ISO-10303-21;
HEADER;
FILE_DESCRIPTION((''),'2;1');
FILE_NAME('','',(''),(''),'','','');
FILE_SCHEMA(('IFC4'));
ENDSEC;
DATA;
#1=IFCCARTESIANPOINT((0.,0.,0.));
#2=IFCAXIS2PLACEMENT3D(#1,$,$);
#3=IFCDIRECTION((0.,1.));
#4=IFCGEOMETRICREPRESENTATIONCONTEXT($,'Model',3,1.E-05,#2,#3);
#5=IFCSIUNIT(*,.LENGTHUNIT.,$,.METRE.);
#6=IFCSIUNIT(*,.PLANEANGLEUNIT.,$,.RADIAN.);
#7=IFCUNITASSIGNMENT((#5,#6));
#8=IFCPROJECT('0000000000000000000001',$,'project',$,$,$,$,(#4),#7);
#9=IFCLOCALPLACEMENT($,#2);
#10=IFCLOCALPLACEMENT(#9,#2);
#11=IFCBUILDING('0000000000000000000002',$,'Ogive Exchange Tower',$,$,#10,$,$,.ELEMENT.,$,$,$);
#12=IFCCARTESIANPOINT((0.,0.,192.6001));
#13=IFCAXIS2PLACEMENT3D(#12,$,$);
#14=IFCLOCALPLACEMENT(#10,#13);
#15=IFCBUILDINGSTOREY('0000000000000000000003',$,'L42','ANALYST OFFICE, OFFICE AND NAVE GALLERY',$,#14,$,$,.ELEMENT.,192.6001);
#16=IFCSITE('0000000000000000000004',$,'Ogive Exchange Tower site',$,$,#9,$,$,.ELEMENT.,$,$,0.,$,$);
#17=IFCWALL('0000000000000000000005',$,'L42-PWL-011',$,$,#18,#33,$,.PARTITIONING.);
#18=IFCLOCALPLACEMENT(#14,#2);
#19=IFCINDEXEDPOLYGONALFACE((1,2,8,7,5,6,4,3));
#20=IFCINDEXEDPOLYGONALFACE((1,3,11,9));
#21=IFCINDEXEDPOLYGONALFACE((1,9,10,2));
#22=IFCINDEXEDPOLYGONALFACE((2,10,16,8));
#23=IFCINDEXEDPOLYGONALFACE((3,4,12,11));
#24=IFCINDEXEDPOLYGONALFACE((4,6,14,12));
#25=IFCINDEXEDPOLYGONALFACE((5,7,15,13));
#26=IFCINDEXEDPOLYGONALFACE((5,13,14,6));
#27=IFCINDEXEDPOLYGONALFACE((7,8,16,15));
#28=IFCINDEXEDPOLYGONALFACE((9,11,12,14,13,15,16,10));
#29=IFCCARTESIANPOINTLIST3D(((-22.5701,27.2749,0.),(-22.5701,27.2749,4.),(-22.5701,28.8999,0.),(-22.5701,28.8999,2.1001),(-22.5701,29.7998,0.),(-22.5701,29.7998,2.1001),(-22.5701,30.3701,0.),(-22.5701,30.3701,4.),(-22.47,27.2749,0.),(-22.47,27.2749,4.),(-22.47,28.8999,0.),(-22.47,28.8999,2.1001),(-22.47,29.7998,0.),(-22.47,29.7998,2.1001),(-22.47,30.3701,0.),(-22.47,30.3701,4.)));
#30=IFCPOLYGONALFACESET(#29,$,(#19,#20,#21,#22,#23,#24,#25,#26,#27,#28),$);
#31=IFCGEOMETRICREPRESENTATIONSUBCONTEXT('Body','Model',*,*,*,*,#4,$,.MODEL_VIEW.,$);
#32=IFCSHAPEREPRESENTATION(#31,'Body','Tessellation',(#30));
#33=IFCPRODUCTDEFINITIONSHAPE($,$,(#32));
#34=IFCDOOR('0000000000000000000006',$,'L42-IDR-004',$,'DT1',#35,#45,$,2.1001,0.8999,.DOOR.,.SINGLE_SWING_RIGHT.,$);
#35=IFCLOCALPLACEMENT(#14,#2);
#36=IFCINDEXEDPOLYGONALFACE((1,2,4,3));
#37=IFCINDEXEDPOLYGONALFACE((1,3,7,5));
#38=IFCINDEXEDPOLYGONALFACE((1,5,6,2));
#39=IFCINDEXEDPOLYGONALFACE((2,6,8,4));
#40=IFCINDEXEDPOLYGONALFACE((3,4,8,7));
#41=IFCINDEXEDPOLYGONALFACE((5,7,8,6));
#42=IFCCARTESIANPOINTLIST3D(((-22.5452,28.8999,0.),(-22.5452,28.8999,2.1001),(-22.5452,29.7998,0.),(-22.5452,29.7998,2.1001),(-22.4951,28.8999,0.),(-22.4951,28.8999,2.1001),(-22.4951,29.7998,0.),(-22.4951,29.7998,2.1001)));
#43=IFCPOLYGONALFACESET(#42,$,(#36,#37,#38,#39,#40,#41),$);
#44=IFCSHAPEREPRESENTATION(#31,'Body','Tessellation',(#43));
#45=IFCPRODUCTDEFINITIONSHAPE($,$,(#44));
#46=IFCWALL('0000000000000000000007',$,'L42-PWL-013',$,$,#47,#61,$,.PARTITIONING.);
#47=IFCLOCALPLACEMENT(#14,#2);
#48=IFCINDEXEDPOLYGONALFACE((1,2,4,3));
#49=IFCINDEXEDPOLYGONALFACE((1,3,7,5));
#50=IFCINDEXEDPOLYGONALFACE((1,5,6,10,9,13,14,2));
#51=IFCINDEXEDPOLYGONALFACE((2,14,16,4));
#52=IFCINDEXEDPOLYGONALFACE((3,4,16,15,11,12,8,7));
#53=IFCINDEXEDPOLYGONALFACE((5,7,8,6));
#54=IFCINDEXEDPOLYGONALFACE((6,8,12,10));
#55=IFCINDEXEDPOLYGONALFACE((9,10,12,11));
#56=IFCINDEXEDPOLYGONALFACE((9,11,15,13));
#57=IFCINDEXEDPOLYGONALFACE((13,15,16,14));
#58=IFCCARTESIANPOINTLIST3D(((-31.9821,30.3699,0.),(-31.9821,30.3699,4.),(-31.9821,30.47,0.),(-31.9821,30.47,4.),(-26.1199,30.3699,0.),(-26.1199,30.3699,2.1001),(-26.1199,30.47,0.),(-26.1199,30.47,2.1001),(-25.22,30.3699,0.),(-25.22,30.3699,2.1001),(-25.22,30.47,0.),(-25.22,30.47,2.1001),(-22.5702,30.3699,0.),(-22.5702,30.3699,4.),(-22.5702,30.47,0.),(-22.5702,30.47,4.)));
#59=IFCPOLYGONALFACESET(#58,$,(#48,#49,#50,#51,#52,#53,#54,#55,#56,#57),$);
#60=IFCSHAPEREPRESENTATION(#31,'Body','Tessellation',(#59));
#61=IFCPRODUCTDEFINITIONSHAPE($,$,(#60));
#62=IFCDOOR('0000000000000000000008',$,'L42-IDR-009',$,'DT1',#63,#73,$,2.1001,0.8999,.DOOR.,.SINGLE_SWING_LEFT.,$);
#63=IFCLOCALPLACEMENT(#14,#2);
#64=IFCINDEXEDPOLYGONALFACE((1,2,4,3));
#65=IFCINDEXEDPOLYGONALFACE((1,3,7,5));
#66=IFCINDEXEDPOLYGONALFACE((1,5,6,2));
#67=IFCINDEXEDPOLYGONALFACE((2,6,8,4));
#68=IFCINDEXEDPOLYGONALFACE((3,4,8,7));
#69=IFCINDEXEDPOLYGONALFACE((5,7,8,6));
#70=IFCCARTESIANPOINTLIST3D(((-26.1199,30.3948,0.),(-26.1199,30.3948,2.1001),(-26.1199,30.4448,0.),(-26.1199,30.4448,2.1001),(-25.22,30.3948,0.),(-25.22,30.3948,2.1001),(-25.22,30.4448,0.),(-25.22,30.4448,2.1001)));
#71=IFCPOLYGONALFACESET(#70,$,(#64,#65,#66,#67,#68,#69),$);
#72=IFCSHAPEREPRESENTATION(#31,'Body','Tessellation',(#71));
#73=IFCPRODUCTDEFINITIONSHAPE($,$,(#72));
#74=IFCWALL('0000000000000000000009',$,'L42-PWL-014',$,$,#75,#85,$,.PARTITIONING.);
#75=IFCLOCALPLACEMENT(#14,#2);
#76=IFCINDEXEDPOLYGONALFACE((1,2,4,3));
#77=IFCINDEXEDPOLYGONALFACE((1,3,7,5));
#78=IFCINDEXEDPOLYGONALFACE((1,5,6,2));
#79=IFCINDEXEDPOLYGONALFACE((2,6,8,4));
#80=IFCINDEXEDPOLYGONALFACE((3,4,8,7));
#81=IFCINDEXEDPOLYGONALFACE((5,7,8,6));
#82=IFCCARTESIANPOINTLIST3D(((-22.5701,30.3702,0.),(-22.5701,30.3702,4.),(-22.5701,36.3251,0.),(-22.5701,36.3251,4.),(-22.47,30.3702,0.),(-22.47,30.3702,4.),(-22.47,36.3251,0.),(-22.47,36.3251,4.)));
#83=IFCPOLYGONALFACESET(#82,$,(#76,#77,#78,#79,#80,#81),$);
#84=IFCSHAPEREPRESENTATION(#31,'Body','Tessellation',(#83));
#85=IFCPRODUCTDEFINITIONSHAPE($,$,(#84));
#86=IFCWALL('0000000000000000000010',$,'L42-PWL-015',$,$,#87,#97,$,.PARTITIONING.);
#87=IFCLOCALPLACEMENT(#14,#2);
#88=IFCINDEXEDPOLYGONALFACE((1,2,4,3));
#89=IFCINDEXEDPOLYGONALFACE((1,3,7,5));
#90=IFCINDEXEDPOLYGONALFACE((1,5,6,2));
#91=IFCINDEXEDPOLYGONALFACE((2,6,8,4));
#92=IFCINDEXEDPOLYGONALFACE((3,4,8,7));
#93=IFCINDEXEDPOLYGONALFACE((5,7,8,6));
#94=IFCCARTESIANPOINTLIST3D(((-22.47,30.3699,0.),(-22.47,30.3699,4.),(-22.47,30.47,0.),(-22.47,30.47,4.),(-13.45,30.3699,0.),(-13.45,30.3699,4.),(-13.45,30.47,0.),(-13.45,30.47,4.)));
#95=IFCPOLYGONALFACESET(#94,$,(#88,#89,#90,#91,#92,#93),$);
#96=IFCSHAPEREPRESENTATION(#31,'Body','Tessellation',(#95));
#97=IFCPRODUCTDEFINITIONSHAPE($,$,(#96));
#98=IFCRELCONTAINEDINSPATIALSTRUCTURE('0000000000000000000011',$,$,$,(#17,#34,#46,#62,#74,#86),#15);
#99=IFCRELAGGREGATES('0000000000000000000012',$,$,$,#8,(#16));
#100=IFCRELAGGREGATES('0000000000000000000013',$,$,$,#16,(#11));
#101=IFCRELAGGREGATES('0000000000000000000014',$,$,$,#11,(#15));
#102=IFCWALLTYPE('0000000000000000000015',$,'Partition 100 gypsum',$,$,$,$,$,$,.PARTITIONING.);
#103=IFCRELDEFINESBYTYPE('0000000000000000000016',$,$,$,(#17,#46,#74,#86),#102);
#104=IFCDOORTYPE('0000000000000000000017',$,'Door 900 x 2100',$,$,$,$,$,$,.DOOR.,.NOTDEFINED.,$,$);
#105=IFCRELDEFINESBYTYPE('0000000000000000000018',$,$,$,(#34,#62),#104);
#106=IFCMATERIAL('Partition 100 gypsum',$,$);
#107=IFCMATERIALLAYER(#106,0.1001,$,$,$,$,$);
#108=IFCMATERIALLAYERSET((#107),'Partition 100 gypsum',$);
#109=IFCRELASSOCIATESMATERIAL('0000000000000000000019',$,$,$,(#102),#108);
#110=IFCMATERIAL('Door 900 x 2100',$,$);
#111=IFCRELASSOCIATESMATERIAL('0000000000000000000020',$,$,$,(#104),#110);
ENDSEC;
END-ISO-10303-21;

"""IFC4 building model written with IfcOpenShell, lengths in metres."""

from ifc_helpers import new_model, si_unit, direction, frame, frame_2d, origin, place, context, subcontext, project, spatial, rectangle, extrude, material, layer, layer_set, type_object, element, fill, save


model = new_model("IFC4")

# Units and contexts
model_context = context("Model", 3, precision=1e-05, world=origin(), true_north=direction((0.0, 1.0)))
body_context = subcontext(model_context, "Body", "Model", "MODEL_VIEW")
ifc_project = project(units=[si_unit("LENGTHUNIT", "METRE"), si_unit("PLANEANGLEUNIT", "RADIAN")], contexts=[model_context])

# Site, building, storey
site_placement = place(None, origin())
site = spatial("IfcSite", under=ifc_project, at=site_placement, Name="Ogive Exchange Tower site", CompositionType="ELEMENT", RefElevation=0.0)
building_placement = place(site_placement, origin())
building = spatial("IfcBuilding", under=site, at=building_placement, Name="Ogive Exchange Tower", CompositionType="ELEMENT")
storey_placement = place(building_placement, frame((0.0, 0.0, 192.6001)))
storey = spatial("IfcBuildingStorey", under=building, at=storey_placement, Name="L42", Description="ANALYST OFFICE, OFFICE AND NAVE GALLERY", CompositionType="ELEMENT", Elevation=192.6001)

# Walls, openings, doors
ifc_material_1 = material(Name="Partition 100 gypsum")
ifc_layer_1 = layer(ifc_material_1, 0.1001)
ifc_layer_set_1 = layer_set([ifc_layer_1], Name="Partition 100 gypsum")
wall_type_1 = type_object("IfcWallType", Name="Partition 100 gypsum", PredefinedType="PARTITIONING", material=ifc_layer_set_1)
wall_1_placement = place(storey_placement, frame((-22.52, 27.2749, 0.0), z_axis=(0.0, 0.0, 1.0), x_axis=(0.0, 1.0, 0.0)))
wall_1 = element("IfcWall", 1, at=wall_1_placement, inside=storey, type_object=wall_type_1, Name="L42-PWL-011", PredefinedType="PARTITIONING", context=body_context, shape_type="SweptSolid", body=[
    extrude(rectangle(XDim=3.0952, YDim=0.1001, at=frame_2d((1.5476, 0.0))), origin(), (0.0, 0.0, 1.0), 4.0),
])
opening_1_placement = place(wall_1_placement, frame((1.625, 0.0, 0.0)))
opening_1 = element("IfcOpeningElement", 2, at=opening_1_placement, cuts=wall_1, PredefinedType="OPENING", context=body_context, shape_type="SweptSolid", body=[
    extrude(rectangle(XDim=0.8999, YDim=2.1001, at=frame_2d((0.45, 1.05))), frame((0.0, 0.0601, 0.0), z_axis=(0.0, -1.0, 0.0), x_axis=(1.0, 0.0, 0.0)), (0.0, 0.0, 1.0), 0.1201),
])
ifc_material_2 = material(Name="Door 900 x 2100")
door_type_1 = type_object("IfcDoorType", Name="Door 900 x 2100", OperationType="NOTDEFINED", PredefinedType="DOOR", material=ifc_material_2)
door_1_placement = place(opening_1_placement, frame((0.8999, 0.0, 0.0), z_axis=(0.0, 0.0, 1.0), x_axis=(-1.0, 0.0, 0.0)))
door_1 = element("IfcDoor", 3, at=door_1_placement, inside=storey, type_object=door_type_1, Name="L42-IDR-004", ObjectType="DT1", OperationType="SINGLE_SWING_RIGHT", OverallHeight=2.1001, OverallWidth=0.8999, PredefinedType="DOOR", context=body_context, shape_type="SweptSolid", body=[
    extrude(rectangle(XDim=0.8999, YDim=2.1001, at=frame_2d((0.45, 1.05))), frame((0.0, 0.0249, 0.0), z_axis=(0.0, -1.0, 0.0), x_axis=(1.0, 0.0, 0.0)), (0.0, 0.0, 1.0), 0.05),
])
fill(opening_1, door_1)
wall_2_placement = place(storey_placement, frame((-22.5701, 30.4199, 0.0), z_axis=(0.0, 0.0, 1.0), x_axis=(-1.0, 0.0, 0.0)))
wall_2 = element("IfcWall", 4, at=wall_2_placement, inside=storey, type_object=wall_type_1, Name="L42-PWL-013", PredefinedType="PARTITIONING", context=body_context, shape_type="SweptSolid", body=[
    extrude(rectangle(XDim=9.4119, YDim=0.1001, at=frame_2d((4.7061, 0.0))), origin(), (0.0, 0.0, 1.0), 4.0),
])
opening_2_placement = place(wall_2_placement, frame((2.6499, 0.0, 0.0)))
opening_2 = element("IfcOpeningElement", 5, at=opening_2_placement, cuts=wall_2, PredefinedType="OPENING", context=body_context, shape_type="SweptSolid", body=[
    extrude(rectangle(XDim=0.8999, YDim=2.1001, at=frame_2d((0.45, 1.05))), frame((0.0, 0.0601, 0.0), z_axis=(0.0, -1.0, 0.0), x_axis=(1.0, 0.0, 0.0)), (0.0, 0.0, 1.0), 0.1201),
])
door_2_placement = place(opening_2_placement, frame((0.8999, 0.0, 0.0), z_axis=(0.0, 0.0, 1.0), x_axis=(-1.0, 0.0, 0.0)))
door_2 = element("IfcDoor", 6, at=door_2_placement, inside=storey, type_object=door_type_1, Name="L42-IDR-009", ObjectType="DT1", OperationType="SINGLE_SWING_LEFT", OverallHeight=2.1001, OverallWidth=0.8999, PredefinedType="DOOR", context=body_context, shape_type="SweptSolid", body=[
    extrude(rectangle(XDim=0.8999, YDim=2.1001, at=frame_2d((0.45, 1.05))), frame((0.0, 0.0249, 0.0), z_axis=(0.0, -1.0, 0.0), x_axis=(1.0, 0.0, 0.0)), (0.0, 0.0, 1.0), 0.05),
])
fill(opening_2, door_2)

# Walls
wall_3_placement = place(storey_placement, frame((-22.52, 30.3701, 0.0), z_axis=(0.0, 0.0, 1.0), x_axis=(0.0, 1.0, 0.0)))
element("IfcWall", 7, at=wall_3_placement, inside=storey, type_object=wall_type_1, Name="L42-PWL-014", PredefinedType="PARTITIONING", context=body_context, shape_type="SweptSolid", body=[
    extrude(rectangle(XDim=5.9548, YDim=0.1001, at=frame_2d((2.9775, 0.0))), origin(), (0.0, 0.0, 1.0), 4.0),
])
wall_4_placement = place(storey_placement, frame((-22.47, 30.4199, 0.0), z_axis=(0.0, 0.0, 1.0), x_axis=(1.0, 0.0, 0.0)))
element("IfcWall", 8, at=wall_4_placement, inside=storey, type_object=wall_type_1, Name="L42-PWL-015", PredefinedType="PARTITIONING", context=body_context, shape_type="SweptSolid", body=[
    extrude(rectangle(XDim=9.02, YDim=0.1001, at=frame_2d((4.51, 0.0))), origin(), (0.0, 0.0, 1.0), 4.0),
])

save(model, "model.ifc")
